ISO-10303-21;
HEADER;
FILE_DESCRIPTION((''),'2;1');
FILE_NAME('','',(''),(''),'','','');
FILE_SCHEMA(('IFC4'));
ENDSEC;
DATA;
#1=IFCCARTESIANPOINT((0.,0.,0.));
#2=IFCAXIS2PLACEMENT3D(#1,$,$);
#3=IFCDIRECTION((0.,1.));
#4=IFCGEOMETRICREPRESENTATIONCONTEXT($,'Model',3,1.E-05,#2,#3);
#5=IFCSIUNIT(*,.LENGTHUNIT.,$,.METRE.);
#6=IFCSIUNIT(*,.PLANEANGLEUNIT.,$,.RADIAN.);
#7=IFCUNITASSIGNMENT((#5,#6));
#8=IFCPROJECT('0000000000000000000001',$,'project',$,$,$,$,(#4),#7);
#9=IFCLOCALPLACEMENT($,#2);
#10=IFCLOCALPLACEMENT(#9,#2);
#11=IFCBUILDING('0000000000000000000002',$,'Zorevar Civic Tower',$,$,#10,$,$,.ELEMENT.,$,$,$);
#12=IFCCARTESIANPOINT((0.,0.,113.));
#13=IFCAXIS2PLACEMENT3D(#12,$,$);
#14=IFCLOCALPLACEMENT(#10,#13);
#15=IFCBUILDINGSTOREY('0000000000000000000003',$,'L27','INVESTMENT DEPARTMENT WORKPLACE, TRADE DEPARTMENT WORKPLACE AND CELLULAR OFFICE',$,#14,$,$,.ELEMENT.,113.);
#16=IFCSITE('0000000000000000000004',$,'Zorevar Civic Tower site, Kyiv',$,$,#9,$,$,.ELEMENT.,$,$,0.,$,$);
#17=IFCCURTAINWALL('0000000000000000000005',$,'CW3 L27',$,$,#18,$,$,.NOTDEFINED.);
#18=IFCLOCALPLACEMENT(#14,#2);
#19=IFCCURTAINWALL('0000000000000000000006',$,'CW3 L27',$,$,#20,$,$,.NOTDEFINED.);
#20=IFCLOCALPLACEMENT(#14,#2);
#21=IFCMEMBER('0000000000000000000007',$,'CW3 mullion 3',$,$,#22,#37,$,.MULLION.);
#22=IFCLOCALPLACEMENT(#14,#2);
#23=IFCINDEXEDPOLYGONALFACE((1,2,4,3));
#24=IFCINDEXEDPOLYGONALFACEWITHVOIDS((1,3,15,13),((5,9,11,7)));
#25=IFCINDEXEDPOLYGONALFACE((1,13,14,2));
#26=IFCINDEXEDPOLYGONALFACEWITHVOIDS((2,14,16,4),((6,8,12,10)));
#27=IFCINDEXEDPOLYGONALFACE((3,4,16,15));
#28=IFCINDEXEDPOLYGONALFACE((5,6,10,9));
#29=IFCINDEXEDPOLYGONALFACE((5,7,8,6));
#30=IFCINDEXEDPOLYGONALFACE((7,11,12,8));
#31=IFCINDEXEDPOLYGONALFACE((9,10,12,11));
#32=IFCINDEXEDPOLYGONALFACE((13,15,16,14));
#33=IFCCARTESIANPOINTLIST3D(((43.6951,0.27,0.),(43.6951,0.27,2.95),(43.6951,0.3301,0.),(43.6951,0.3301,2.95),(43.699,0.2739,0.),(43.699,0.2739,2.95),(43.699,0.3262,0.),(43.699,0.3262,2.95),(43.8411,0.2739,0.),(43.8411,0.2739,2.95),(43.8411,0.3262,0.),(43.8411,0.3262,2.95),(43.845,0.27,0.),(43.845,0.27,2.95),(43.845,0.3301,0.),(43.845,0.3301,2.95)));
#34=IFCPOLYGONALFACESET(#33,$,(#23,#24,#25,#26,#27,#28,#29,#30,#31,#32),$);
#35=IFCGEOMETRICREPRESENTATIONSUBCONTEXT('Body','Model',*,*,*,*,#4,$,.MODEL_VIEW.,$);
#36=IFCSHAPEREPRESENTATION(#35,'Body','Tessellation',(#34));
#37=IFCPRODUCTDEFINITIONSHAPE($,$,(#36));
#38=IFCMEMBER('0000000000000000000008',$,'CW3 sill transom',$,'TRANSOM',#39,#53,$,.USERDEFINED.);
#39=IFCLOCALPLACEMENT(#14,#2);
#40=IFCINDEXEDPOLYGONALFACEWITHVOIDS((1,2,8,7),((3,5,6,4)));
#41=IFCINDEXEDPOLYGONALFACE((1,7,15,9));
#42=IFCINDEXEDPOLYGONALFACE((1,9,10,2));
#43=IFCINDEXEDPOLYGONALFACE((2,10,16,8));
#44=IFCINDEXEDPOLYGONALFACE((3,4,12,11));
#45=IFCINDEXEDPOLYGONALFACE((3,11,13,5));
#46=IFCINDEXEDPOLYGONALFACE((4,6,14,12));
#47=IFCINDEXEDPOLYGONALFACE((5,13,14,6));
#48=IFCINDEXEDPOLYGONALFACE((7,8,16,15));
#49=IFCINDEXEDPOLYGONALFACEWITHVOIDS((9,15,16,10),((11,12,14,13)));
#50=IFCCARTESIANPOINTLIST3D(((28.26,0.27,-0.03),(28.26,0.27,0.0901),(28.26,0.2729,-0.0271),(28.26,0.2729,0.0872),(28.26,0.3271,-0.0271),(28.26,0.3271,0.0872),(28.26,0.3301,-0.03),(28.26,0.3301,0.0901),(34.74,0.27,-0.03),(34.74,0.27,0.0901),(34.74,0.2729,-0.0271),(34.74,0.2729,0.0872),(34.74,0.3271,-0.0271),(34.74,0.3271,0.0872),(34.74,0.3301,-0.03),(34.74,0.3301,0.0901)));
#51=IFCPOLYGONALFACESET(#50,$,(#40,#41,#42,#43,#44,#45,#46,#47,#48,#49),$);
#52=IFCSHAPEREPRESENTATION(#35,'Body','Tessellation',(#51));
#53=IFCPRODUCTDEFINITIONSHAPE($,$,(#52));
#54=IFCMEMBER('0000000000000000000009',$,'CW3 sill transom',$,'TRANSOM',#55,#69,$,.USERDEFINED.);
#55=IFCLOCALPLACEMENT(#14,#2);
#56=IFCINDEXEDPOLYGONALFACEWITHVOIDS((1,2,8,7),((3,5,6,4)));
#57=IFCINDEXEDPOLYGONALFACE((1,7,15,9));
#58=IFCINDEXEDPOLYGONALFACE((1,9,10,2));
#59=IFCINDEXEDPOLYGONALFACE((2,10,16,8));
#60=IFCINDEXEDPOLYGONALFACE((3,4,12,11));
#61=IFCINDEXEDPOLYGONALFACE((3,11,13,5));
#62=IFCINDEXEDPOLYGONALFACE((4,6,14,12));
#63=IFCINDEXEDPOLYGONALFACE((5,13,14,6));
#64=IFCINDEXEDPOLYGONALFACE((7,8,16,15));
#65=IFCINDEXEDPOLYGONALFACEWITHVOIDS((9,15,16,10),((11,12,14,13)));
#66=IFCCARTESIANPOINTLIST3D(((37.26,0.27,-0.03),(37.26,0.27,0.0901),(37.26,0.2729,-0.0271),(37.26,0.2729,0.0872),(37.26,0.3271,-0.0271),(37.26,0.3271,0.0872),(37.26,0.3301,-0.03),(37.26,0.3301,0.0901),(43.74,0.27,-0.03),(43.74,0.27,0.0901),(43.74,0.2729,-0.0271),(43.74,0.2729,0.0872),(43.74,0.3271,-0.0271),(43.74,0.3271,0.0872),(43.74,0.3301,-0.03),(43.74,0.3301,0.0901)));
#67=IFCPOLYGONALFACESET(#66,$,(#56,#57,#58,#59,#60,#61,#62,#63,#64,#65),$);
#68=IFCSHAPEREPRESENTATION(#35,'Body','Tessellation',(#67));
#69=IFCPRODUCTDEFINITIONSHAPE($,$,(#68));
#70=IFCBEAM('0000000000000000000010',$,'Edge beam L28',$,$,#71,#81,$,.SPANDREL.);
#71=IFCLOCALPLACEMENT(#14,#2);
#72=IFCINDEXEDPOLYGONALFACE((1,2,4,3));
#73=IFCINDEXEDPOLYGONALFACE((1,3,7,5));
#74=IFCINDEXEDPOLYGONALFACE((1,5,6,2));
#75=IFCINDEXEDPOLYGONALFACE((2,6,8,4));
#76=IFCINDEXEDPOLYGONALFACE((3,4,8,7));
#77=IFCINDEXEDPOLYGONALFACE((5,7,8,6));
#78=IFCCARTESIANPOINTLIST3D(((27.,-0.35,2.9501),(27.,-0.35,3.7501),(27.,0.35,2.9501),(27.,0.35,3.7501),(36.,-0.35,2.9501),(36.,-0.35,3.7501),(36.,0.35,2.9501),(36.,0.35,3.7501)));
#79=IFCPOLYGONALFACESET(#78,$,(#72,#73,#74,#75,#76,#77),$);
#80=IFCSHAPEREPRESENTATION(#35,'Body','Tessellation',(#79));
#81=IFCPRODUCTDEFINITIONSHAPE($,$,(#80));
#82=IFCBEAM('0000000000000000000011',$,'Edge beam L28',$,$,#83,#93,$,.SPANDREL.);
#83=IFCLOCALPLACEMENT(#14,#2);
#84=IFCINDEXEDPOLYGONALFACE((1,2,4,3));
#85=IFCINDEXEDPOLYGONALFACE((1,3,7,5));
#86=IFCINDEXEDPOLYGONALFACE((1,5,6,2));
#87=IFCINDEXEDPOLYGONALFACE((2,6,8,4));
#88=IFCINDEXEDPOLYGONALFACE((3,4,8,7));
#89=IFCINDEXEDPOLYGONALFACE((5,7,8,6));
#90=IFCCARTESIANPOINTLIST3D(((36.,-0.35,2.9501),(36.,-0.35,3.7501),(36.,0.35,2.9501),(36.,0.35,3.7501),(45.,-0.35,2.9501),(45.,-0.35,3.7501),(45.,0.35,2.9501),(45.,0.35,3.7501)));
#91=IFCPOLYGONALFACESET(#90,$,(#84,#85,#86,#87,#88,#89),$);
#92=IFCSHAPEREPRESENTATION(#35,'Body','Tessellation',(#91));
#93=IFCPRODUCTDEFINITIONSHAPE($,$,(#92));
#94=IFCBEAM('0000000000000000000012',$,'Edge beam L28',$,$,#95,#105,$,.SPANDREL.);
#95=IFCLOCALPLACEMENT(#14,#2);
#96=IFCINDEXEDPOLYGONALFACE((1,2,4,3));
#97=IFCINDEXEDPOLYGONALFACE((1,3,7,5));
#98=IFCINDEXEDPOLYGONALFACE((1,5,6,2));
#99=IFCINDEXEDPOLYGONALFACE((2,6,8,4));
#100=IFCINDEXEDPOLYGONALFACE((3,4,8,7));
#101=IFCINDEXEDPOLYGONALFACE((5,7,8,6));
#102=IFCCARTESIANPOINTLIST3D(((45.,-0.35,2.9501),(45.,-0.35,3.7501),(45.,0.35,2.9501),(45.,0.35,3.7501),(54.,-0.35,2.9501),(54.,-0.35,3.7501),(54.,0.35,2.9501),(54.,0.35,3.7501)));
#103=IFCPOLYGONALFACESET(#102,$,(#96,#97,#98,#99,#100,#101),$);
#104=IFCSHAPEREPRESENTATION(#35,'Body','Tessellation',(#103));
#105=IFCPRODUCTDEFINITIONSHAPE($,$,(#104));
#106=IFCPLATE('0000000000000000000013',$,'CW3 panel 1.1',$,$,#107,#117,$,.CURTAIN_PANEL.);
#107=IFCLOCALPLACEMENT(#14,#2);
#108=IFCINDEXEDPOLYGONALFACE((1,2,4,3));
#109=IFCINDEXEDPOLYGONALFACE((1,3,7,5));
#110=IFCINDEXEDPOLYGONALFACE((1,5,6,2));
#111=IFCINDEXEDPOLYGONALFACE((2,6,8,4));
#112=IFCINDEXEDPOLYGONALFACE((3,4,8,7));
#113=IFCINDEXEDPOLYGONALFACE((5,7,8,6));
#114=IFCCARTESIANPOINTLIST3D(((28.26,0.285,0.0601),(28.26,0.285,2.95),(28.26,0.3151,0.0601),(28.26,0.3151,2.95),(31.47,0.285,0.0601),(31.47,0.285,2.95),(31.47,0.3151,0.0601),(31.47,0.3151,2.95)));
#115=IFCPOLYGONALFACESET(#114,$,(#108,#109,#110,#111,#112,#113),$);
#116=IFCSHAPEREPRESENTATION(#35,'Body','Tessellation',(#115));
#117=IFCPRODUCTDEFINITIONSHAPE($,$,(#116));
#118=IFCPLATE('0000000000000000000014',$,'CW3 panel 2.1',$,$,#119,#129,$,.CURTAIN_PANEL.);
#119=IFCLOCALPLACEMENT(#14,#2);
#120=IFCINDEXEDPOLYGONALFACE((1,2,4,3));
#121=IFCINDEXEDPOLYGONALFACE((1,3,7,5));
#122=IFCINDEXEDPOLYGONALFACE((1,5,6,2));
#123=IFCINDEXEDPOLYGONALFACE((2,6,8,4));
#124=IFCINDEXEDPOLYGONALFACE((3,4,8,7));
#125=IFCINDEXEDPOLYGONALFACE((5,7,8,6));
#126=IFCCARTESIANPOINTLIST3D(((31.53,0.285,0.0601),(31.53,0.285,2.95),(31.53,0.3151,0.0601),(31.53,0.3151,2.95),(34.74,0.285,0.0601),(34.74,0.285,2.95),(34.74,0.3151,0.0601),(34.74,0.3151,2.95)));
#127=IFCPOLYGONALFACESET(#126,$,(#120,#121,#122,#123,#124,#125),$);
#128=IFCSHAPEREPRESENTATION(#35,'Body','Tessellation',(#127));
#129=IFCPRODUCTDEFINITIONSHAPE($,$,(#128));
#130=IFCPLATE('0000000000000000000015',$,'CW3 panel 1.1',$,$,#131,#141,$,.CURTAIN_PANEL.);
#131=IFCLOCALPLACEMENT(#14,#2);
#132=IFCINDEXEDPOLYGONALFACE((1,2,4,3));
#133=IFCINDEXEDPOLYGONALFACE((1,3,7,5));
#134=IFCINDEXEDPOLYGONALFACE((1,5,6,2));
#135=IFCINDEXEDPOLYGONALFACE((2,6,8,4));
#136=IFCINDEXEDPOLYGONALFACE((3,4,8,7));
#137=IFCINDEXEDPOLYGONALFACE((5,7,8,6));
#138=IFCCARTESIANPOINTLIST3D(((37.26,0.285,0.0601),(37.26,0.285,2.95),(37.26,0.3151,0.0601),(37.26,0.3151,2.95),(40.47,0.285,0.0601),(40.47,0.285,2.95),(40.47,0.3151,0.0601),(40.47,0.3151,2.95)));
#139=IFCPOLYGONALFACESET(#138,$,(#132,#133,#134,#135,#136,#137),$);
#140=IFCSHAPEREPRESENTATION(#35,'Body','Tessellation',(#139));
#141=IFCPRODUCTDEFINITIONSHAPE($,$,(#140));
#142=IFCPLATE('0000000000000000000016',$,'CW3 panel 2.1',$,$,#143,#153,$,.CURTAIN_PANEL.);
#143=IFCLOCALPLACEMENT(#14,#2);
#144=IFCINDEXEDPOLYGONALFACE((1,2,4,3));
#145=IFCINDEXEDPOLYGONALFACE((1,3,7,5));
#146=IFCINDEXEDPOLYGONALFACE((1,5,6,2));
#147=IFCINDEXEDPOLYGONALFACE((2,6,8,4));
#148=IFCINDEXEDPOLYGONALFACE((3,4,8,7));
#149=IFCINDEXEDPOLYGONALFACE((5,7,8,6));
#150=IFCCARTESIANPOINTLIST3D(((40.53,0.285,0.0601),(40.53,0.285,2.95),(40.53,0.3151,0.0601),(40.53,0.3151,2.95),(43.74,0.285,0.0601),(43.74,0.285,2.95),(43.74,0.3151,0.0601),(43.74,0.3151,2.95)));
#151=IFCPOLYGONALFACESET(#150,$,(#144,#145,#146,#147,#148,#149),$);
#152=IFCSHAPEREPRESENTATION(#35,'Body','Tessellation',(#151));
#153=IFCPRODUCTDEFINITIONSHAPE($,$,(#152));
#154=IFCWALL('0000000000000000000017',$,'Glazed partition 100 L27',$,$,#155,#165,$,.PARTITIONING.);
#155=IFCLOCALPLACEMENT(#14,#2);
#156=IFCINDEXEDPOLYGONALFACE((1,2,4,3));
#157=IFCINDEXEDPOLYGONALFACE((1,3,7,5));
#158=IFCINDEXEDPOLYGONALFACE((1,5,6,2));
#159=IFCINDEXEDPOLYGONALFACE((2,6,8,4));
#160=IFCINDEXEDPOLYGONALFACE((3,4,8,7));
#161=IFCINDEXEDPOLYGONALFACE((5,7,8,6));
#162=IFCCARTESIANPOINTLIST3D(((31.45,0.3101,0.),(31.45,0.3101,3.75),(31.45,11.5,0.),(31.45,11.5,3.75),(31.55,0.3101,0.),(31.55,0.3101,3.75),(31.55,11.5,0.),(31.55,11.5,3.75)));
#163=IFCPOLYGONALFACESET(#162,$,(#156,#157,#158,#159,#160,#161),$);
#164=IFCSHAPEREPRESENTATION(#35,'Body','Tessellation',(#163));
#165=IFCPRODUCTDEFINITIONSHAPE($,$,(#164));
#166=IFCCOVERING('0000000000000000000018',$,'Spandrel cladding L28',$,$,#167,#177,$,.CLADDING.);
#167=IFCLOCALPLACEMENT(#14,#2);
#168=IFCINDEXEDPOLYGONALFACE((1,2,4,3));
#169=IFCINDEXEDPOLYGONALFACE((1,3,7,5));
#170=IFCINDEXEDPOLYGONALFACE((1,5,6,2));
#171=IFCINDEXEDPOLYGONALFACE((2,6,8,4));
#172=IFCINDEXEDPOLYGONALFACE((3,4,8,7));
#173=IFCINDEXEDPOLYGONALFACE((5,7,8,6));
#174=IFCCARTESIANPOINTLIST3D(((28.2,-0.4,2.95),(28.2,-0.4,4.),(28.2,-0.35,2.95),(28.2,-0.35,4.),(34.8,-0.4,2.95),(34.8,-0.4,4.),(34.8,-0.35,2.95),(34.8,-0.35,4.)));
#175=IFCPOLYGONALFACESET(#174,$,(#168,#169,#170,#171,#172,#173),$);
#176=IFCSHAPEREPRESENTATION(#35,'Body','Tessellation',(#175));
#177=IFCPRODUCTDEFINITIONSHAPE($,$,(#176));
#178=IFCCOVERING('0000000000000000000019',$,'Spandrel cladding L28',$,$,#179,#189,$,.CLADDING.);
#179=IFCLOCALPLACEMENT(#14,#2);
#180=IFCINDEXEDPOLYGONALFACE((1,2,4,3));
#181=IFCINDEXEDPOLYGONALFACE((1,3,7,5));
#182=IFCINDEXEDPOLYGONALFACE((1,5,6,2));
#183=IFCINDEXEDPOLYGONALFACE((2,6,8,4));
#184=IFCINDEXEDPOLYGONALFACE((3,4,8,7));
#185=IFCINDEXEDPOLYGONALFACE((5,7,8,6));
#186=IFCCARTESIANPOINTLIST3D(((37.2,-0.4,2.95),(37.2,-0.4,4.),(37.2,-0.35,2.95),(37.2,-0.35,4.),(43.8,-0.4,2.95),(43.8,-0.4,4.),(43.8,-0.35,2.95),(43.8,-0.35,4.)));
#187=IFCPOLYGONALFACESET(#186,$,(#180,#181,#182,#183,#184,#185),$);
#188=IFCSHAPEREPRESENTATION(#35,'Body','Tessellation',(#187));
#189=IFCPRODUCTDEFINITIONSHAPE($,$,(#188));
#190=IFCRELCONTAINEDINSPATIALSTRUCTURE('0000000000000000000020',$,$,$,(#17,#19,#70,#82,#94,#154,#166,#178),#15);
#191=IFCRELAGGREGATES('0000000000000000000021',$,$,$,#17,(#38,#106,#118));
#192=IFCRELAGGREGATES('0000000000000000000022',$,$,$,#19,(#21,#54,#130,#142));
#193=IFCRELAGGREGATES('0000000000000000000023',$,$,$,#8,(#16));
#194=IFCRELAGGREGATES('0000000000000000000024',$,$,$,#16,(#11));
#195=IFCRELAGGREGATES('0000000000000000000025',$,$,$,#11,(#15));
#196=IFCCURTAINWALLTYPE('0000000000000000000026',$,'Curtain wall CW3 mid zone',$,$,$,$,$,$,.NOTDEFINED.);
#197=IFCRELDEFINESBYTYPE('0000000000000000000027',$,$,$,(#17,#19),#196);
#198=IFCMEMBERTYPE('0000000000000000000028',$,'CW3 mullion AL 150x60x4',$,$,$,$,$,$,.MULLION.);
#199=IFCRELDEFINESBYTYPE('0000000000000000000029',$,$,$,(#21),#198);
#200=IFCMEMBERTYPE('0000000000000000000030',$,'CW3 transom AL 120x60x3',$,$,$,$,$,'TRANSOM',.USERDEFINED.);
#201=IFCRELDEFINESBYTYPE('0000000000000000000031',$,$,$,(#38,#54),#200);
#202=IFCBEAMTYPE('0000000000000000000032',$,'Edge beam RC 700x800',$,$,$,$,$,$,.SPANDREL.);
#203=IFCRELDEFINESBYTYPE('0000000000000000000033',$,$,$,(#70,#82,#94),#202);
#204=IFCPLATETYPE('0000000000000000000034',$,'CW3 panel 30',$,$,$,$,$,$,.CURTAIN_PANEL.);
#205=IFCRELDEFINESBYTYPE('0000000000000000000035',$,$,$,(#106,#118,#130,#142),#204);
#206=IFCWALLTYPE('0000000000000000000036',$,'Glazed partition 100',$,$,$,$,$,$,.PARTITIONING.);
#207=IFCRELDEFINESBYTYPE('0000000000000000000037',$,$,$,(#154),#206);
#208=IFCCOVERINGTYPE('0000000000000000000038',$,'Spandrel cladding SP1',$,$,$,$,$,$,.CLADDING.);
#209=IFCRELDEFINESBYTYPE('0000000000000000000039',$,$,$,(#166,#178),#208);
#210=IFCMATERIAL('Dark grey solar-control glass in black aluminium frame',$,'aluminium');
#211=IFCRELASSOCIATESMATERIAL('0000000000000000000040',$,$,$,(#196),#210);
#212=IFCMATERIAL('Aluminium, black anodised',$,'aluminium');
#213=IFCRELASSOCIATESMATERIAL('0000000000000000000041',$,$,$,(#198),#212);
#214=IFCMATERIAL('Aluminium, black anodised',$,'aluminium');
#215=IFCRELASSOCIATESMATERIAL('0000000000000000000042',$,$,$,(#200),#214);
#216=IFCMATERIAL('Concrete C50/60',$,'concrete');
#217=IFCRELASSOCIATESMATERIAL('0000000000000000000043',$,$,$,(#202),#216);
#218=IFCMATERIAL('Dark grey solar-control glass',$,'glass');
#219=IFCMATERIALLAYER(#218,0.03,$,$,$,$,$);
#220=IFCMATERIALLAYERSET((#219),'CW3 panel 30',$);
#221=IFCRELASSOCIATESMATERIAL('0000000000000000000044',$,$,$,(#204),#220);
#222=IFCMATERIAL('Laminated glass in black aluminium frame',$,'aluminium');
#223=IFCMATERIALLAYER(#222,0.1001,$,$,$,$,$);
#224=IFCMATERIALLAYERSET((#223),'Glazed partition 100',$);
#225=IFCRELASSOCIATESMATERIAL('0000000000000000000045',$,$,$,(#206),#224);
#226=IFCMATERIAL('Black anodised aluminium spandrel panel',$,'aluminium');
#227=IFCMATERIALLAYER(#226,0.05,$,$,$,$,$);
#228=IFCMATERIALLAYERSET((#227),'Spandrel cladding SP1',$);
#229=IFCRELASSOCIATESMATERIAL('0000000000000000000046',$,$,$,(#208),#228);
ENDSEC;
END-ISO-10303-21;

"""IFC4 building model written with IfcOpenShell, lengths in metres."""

from ifc_helpers import new_model, si_unit, direction, frame, frame_2d, origin, origin_2d, place, context, subcontext, project, spatial, rectangle, hollow_rectangle, extrude, material, layer, layer_set, material_profile, profile_set, type_object, element, aggregate, save


model = new_model("IFC4")

# Units and contexts
model_context = context("Model", 3, precision=1e-05, world=origin(), true_north=direction((0.0, 1.0)))
body_context = subcontext(model_context, "Body", "Model", "MODEL_VIEW")
ifc_project = project(units=[si_unit("LENGTHUNIT", "METRE"), si_unit("PLANEANGLEUNIT", "RADIAN")], contexts=[model_context])

# Site, building, storey
site_placement = place(None, origin())
site = spatial("IfcSite", under=ifc_project, at=site_placement, Name="Zorevar Civic Tower site, Kyiv", CompositionType="ELEMENT", RefElevation=0.0)
building_placement = place(site_placement, origin())
building = spatial("IfcBuilding", under=site, at=building_placement, Name="Zorevar Civic Tower", CompositionType="ELEMENT")
storey_placement = place(building_placement, frame((0.0, 0.0, 113.0)))
storey = spatial("IfcBuildingStorey", under=building, at=storey_placement, Name="L27", Description="INVESTMENT DEPARTMENT WORKPLACE, TRADE DEPARTMENT WORKPLACE AND CELLULAR OFFICE", CompositionType="ELEMENT", Elevation=113.0)

# Curtain walls, member
ifc_material_1 = material(Name="Dark grey solar-control glass in black aluminium frame", Category="aluminium")
curtain_wall_type = type_object("IfcCurtainWallType", Name="Curtain wall CW3 mid zone", PredefinedType="NOTDEFINED", material=ifc_material_1)
curtain_wall_1_placement = place(storey_placement, origin())
curtain_wall_1 = element("IfcCurtainWall", 1, at=curtain_wall_1_placement, inside=storey, type_object=curtain_wall_type, Name="CW3 L27", PredefinedType="NOTDEFINED")
ifc_material_2 = material(Name="Aluminium, black anodised", Category="aluminium")
ifc_material_profile_1 = material_profile(ifc_material_2, hollow_rectangle(XDim=0.0601, YDim=0.1499, WallThickness=0.0039, at=origin_2d()), Name="AL 150x60x4")
ifc_profile_set_1 = profile_set([ifc_material_profile_1], Name="Aluminium, black anodised")
member_type_1 = type_object("IfcMemberType", Name="CW3 mullion AL 150x60x4", PredefinedType="MULLION", material=ifc_profile_set_1)
curtain_wall_2_placement = place(storey_placement, origin())
curtain_wall_2 = element("IfcCurtainWall", 2, at=curtain_wall_2_placement, inside=storey, type_object=curtain_wall_type, Name="CW3 L27", PredefinedType="NOTDEFINED")
member_1_placement = place(storey_placement, frame((43.77, 0.3, 0.0), z_axis=(0.0, 0.0, 1.0), x_axis=(0.0, 1.0, 0.0)))
member_1 = element("IfcMember", 3, at=member_1_placement, type_object=member_type_1, Name="CW3 mullion 3", PredefinedType="MULLION", context=body_context, shape_type="SweptSolid", body=[
    extrude(hollow_rectangle(XDim=0.0601, YDim=0.1499, WallThickness=0.0039, at=origin_2d()), origin(), (0.0, 0.0, 1.0), 2.95),
])

# Members
ifc_material_3 = material(Name="Aluminium, black anodised", Category="aluminium")
ifc_material_profile_2 = material_profile(ifc_material_3, hollow_rectangle(XDim=0.0601, YDim=0.1201, WallThickness=0.0029, at=origin_2d()), Name="AL 120x60x3")
ifc_profile_set_2 = profile_set([ifc_material_profile_2], Name="Aluminium, black anodised")
member_type_2 = type_object("IfcMemberType", Name="CW3 transom AL 120x60x3", ElementType="TRANSOM", PredefinedType="USERDEFINED", material=ifc_profile_set_2)
member_2_placement = place(storey_placement, frame((28.26, 0.3, 0.03), z_axis=(1.0, 0.0, 0.0), x_axis=(0.0, 1.0, 0.0)))
member_2 = element("IfcMember", 4, at=member_2_placement, type_object=member_type_2, Name="CW3 sill transom", ObjectType="TRANSOM", PredefinedType="USERDEFINED", context=body_context, shape_type="SweptSolid", body=[
    extrude(hollow_rectangle(XDim=0.0601, YDim=0.1201, WallThickness=0.0029, at=origin_2d()), origin(), (0.0, 0.0, 1.0), 6.48),
])
member_3_placement = place(storey_placement, frame((37.26, 0.3, 0.03), z_axis=(1.0, 0.0, 0.0), x_axis=(0.0, 1.0, 0.0)))
member_3 = element("IfcMember", 5, at=member_3_placement, type_object=member_type_2, Name="CW3 sill transom", ObjectType="TRANSOM", PredefinedType="USERDEFINED", context=body_context, shape_type="SweptSolid", body=[
    extrude(hollow_rectangle(XDim=0.0601, YDim=0.1201, WallThickness=0.0029, at=origin_2d()), origin(), (0.0, 0.0, 1.0), 6.48),
])

# Beams
ifc_material_4 = material(Name="Concrete C50/60", Category="concrete")
ifc_material_profile_3 = material_profile(ifc_material_4, rectangle(XDim=0.7, YDim=0.8, at=origin_2d()), Name="RC 700x800")
ifc_profile_set_3 = profile_set([ifc_material_profile_3], Name="Concrete C50/60")
beam_type_1 = type_object("IfcBeamType", Name="Edge beam RC 700x800", PredefinedType="SPANDREL", material=ifc_profile_set_3)
for number, where, z_axis, x_axis, name in (
    (6, (27.0, 0.0, 3.3501), (1.0, 0.0, 0.0), (0.0, 1.0, 0.0), "Edge beam L28"),
    (7, (36.0, 0.0, 3.3501), (1.0, 0.0, 0.0), (0.0, 1.0, 0.0), "Edge beam L28"),
    (8, (45.0, 0.0, 3.3501), (1.0, 0.0, 0.0), (0.0, 1.0, 0.0), "Edge beam L28"),
):
    element("IfcBeam", number, at=place(storey_placement, frame(where, z_axis=z_axis, x_axis=x_axis)), inside=storey, type_object=beam_type_1, Name=name, PredefinedType="SPANDREL", context=body_context, shape_type="SweptSolid", body=[
        extrude(rectangle(XDim=0.7, YDim=0.8, at=origin_2d()), origin(), (0.0, 0.0, 1.0), 9.0),
    ])

# Plates
ifc_material_5 = material(Name="Dark grey solar-control glass", Category="glass")
ifc_layer_1 = layer(ifc_material_5, 0.03)
ifc_layer_set_1 = layer_set([ifc_layer_1], Name="CW3 panel 30")
plate_type = type_object("IfcPlateType", Name="CW3 panel 30", PredefinedType="CURTAIN_PANEL", material=ifc_layer_set_1)
plate_1_placement = place(storey_placement, frame((29.865, 0.3, 0.0601), z_axis=(0.0, 0.0, 1.0), x_axis=(1.0, 0.0, 0.0)))
plate_1 = element("IfcPlate", 9, at=plate_1_placement, type_object=plate_type, Name="CW3 panel 1.1", PredefinedType="CURTAIN_PANEL", context=body_context, shape_type="SweptSolid", body=[
    extrude(rectangle(XDim=3.21, YDim=0.03, at=origin_2d()), origin(), (0.0, 0.0, 1.0), 2.8899),
])
plate_2_placement = place(storey_placement, frame((33.135, 0.3, 0.0601), z_axis=(0.0, 0.0, 1.0), x_axis=(1.0, 0.0, 0.0)))
plate_2 = element("IfcPlate", 10, at=plate_2_placement, type_object=plate_type, Name="CW3 panel 2.1", PredefinedType="CURTAIN_PANEL", context=body_context, shape_type="SweptSolid", body=[
    extrude(rectangle(XDim=3.21, YDim=0.03, at=origin_2d()), origin(), (0.0, 0.0, 1.0), 2.8899),
])
aggregate(curtain_wall_1, [member_2, plate_1, plate_2])
plate_3_placement = place(storey_placement, frame((38.865, 0.3, 0.0601), z_axis=(0.0, 0.0, 1.0), x_axis=(1.0, 0.0, 0.0)))
plate_3 = element("IfcPlate", 11, at=plate_3_placement, type_object=plate_type, Name="CW3 panel 1.1", PredefinedType="CURTAIN_PANEL", context=body_context, shape_type="SweptSolid", body=[
    extrude(rectangle(XDim=3.21, YDim=0.03, at=origin_2d()), origin(), (0.0, 0.0, 1.0), 2.8899),
])
plate_4_placement = place(storey_placement, frame((42.135, 0.3, 0.0601), z_axis=(0.0, 0.0, 1.0), x_axis=(1.0, 0.0, 0.0)))
plate_4 = element("IfcPlate", 12, at=plate_4_placement, type_object=plate_type, Name="CW3 panel 2.1", PredefinedType="CURTAIN_PANEL", context=body_context, shape_type="SweptSolid", body=[
    extrude(rectangle(XDim=3.21, YDim=0.03, at=origin_2d()), origin(), (0.0, 0.0, 1.0), 2.8899),
])
aggregate(curtain_wall_2, [member_1, member_3, plate_3, plate_4])

# Wall
ifc_material_6 = material(Name="Laminated glass in black aluminium frame", Category="aluminium")
ifc_layer_2 = layer(ifc_material_6, 0.1001)
ifc_layer_set_2 = layer_set([ifc_layer_2], Name="Glazed partition 100")
wall_type = type_object("IfcWallType", Name="Glazed partition 100", PredefinedType="PARTITIONING", material=ifc_layer_set_2)
wall_placement = place(storey_placement, frame((31.5, 0.3101, 0.0), z_axis=(0.0, 0.0, 1.0), x_axis=(0.0, 1.0, 0.0)))
element("IfcWall", 13, at=wall_placement, inside=storey, type_object=wall_type, Name="Glazed partition 100 L27", PredefinedType="PARTITIONING", context=body_context, shape_type="SweptSolid", body=[
    extrude(rectangle(XDim=11.1899, YDim=0.1001, at=frame_2d((5.595, 0.0))), origin(), (0.0, 0.0, 1.0), 3.75),
])

# Coverings
ifc_material_7 = material(Name="Black anodised aluminium spandrel panel", Category="aluminium")
ifc_layer_3 = layer(ifc_material_7, 0.05)
ifc_layer_set_3 = layer_set([ifc_layer_3], Name="Spandrel cladding SP1")
covering_type = type_object("IfcCoveringType", Name="Spandrel cladding SP1", PredefinedType="CLADDING", material=ifc_layer_set_3)
for number, where, z_axis, x_axis, name in (
    (14, (28.2, -0.375, 2.95), (0.0, 0.0, 1.0), (1.0, 0.0, 0.0), "Spandrel cladding L28"),
    (15, (37.2, -0.375, 2.95), (0.0, 0.0, 1.0), (1.0, 0.0, 0.0), "Spandrel cladding L28"),
):
    element("IfcCovering", number, at=place(storey_placement, frame(where, z_axis=z_axis, x_axis=x_axis)), inside=storey, type_object=covering_type, Name=name, PredefinedType="CLADDING", context=body_context, shape_type="SweptSolid", body=[
        extrude(rectangle(XDim=6.6001, YDim=0.05, at=frame_2d((3.3, 0.0))), origin(), (0.0, 0.0, 1.0), 1.05),
    ])

save(model, "model.ifc")
